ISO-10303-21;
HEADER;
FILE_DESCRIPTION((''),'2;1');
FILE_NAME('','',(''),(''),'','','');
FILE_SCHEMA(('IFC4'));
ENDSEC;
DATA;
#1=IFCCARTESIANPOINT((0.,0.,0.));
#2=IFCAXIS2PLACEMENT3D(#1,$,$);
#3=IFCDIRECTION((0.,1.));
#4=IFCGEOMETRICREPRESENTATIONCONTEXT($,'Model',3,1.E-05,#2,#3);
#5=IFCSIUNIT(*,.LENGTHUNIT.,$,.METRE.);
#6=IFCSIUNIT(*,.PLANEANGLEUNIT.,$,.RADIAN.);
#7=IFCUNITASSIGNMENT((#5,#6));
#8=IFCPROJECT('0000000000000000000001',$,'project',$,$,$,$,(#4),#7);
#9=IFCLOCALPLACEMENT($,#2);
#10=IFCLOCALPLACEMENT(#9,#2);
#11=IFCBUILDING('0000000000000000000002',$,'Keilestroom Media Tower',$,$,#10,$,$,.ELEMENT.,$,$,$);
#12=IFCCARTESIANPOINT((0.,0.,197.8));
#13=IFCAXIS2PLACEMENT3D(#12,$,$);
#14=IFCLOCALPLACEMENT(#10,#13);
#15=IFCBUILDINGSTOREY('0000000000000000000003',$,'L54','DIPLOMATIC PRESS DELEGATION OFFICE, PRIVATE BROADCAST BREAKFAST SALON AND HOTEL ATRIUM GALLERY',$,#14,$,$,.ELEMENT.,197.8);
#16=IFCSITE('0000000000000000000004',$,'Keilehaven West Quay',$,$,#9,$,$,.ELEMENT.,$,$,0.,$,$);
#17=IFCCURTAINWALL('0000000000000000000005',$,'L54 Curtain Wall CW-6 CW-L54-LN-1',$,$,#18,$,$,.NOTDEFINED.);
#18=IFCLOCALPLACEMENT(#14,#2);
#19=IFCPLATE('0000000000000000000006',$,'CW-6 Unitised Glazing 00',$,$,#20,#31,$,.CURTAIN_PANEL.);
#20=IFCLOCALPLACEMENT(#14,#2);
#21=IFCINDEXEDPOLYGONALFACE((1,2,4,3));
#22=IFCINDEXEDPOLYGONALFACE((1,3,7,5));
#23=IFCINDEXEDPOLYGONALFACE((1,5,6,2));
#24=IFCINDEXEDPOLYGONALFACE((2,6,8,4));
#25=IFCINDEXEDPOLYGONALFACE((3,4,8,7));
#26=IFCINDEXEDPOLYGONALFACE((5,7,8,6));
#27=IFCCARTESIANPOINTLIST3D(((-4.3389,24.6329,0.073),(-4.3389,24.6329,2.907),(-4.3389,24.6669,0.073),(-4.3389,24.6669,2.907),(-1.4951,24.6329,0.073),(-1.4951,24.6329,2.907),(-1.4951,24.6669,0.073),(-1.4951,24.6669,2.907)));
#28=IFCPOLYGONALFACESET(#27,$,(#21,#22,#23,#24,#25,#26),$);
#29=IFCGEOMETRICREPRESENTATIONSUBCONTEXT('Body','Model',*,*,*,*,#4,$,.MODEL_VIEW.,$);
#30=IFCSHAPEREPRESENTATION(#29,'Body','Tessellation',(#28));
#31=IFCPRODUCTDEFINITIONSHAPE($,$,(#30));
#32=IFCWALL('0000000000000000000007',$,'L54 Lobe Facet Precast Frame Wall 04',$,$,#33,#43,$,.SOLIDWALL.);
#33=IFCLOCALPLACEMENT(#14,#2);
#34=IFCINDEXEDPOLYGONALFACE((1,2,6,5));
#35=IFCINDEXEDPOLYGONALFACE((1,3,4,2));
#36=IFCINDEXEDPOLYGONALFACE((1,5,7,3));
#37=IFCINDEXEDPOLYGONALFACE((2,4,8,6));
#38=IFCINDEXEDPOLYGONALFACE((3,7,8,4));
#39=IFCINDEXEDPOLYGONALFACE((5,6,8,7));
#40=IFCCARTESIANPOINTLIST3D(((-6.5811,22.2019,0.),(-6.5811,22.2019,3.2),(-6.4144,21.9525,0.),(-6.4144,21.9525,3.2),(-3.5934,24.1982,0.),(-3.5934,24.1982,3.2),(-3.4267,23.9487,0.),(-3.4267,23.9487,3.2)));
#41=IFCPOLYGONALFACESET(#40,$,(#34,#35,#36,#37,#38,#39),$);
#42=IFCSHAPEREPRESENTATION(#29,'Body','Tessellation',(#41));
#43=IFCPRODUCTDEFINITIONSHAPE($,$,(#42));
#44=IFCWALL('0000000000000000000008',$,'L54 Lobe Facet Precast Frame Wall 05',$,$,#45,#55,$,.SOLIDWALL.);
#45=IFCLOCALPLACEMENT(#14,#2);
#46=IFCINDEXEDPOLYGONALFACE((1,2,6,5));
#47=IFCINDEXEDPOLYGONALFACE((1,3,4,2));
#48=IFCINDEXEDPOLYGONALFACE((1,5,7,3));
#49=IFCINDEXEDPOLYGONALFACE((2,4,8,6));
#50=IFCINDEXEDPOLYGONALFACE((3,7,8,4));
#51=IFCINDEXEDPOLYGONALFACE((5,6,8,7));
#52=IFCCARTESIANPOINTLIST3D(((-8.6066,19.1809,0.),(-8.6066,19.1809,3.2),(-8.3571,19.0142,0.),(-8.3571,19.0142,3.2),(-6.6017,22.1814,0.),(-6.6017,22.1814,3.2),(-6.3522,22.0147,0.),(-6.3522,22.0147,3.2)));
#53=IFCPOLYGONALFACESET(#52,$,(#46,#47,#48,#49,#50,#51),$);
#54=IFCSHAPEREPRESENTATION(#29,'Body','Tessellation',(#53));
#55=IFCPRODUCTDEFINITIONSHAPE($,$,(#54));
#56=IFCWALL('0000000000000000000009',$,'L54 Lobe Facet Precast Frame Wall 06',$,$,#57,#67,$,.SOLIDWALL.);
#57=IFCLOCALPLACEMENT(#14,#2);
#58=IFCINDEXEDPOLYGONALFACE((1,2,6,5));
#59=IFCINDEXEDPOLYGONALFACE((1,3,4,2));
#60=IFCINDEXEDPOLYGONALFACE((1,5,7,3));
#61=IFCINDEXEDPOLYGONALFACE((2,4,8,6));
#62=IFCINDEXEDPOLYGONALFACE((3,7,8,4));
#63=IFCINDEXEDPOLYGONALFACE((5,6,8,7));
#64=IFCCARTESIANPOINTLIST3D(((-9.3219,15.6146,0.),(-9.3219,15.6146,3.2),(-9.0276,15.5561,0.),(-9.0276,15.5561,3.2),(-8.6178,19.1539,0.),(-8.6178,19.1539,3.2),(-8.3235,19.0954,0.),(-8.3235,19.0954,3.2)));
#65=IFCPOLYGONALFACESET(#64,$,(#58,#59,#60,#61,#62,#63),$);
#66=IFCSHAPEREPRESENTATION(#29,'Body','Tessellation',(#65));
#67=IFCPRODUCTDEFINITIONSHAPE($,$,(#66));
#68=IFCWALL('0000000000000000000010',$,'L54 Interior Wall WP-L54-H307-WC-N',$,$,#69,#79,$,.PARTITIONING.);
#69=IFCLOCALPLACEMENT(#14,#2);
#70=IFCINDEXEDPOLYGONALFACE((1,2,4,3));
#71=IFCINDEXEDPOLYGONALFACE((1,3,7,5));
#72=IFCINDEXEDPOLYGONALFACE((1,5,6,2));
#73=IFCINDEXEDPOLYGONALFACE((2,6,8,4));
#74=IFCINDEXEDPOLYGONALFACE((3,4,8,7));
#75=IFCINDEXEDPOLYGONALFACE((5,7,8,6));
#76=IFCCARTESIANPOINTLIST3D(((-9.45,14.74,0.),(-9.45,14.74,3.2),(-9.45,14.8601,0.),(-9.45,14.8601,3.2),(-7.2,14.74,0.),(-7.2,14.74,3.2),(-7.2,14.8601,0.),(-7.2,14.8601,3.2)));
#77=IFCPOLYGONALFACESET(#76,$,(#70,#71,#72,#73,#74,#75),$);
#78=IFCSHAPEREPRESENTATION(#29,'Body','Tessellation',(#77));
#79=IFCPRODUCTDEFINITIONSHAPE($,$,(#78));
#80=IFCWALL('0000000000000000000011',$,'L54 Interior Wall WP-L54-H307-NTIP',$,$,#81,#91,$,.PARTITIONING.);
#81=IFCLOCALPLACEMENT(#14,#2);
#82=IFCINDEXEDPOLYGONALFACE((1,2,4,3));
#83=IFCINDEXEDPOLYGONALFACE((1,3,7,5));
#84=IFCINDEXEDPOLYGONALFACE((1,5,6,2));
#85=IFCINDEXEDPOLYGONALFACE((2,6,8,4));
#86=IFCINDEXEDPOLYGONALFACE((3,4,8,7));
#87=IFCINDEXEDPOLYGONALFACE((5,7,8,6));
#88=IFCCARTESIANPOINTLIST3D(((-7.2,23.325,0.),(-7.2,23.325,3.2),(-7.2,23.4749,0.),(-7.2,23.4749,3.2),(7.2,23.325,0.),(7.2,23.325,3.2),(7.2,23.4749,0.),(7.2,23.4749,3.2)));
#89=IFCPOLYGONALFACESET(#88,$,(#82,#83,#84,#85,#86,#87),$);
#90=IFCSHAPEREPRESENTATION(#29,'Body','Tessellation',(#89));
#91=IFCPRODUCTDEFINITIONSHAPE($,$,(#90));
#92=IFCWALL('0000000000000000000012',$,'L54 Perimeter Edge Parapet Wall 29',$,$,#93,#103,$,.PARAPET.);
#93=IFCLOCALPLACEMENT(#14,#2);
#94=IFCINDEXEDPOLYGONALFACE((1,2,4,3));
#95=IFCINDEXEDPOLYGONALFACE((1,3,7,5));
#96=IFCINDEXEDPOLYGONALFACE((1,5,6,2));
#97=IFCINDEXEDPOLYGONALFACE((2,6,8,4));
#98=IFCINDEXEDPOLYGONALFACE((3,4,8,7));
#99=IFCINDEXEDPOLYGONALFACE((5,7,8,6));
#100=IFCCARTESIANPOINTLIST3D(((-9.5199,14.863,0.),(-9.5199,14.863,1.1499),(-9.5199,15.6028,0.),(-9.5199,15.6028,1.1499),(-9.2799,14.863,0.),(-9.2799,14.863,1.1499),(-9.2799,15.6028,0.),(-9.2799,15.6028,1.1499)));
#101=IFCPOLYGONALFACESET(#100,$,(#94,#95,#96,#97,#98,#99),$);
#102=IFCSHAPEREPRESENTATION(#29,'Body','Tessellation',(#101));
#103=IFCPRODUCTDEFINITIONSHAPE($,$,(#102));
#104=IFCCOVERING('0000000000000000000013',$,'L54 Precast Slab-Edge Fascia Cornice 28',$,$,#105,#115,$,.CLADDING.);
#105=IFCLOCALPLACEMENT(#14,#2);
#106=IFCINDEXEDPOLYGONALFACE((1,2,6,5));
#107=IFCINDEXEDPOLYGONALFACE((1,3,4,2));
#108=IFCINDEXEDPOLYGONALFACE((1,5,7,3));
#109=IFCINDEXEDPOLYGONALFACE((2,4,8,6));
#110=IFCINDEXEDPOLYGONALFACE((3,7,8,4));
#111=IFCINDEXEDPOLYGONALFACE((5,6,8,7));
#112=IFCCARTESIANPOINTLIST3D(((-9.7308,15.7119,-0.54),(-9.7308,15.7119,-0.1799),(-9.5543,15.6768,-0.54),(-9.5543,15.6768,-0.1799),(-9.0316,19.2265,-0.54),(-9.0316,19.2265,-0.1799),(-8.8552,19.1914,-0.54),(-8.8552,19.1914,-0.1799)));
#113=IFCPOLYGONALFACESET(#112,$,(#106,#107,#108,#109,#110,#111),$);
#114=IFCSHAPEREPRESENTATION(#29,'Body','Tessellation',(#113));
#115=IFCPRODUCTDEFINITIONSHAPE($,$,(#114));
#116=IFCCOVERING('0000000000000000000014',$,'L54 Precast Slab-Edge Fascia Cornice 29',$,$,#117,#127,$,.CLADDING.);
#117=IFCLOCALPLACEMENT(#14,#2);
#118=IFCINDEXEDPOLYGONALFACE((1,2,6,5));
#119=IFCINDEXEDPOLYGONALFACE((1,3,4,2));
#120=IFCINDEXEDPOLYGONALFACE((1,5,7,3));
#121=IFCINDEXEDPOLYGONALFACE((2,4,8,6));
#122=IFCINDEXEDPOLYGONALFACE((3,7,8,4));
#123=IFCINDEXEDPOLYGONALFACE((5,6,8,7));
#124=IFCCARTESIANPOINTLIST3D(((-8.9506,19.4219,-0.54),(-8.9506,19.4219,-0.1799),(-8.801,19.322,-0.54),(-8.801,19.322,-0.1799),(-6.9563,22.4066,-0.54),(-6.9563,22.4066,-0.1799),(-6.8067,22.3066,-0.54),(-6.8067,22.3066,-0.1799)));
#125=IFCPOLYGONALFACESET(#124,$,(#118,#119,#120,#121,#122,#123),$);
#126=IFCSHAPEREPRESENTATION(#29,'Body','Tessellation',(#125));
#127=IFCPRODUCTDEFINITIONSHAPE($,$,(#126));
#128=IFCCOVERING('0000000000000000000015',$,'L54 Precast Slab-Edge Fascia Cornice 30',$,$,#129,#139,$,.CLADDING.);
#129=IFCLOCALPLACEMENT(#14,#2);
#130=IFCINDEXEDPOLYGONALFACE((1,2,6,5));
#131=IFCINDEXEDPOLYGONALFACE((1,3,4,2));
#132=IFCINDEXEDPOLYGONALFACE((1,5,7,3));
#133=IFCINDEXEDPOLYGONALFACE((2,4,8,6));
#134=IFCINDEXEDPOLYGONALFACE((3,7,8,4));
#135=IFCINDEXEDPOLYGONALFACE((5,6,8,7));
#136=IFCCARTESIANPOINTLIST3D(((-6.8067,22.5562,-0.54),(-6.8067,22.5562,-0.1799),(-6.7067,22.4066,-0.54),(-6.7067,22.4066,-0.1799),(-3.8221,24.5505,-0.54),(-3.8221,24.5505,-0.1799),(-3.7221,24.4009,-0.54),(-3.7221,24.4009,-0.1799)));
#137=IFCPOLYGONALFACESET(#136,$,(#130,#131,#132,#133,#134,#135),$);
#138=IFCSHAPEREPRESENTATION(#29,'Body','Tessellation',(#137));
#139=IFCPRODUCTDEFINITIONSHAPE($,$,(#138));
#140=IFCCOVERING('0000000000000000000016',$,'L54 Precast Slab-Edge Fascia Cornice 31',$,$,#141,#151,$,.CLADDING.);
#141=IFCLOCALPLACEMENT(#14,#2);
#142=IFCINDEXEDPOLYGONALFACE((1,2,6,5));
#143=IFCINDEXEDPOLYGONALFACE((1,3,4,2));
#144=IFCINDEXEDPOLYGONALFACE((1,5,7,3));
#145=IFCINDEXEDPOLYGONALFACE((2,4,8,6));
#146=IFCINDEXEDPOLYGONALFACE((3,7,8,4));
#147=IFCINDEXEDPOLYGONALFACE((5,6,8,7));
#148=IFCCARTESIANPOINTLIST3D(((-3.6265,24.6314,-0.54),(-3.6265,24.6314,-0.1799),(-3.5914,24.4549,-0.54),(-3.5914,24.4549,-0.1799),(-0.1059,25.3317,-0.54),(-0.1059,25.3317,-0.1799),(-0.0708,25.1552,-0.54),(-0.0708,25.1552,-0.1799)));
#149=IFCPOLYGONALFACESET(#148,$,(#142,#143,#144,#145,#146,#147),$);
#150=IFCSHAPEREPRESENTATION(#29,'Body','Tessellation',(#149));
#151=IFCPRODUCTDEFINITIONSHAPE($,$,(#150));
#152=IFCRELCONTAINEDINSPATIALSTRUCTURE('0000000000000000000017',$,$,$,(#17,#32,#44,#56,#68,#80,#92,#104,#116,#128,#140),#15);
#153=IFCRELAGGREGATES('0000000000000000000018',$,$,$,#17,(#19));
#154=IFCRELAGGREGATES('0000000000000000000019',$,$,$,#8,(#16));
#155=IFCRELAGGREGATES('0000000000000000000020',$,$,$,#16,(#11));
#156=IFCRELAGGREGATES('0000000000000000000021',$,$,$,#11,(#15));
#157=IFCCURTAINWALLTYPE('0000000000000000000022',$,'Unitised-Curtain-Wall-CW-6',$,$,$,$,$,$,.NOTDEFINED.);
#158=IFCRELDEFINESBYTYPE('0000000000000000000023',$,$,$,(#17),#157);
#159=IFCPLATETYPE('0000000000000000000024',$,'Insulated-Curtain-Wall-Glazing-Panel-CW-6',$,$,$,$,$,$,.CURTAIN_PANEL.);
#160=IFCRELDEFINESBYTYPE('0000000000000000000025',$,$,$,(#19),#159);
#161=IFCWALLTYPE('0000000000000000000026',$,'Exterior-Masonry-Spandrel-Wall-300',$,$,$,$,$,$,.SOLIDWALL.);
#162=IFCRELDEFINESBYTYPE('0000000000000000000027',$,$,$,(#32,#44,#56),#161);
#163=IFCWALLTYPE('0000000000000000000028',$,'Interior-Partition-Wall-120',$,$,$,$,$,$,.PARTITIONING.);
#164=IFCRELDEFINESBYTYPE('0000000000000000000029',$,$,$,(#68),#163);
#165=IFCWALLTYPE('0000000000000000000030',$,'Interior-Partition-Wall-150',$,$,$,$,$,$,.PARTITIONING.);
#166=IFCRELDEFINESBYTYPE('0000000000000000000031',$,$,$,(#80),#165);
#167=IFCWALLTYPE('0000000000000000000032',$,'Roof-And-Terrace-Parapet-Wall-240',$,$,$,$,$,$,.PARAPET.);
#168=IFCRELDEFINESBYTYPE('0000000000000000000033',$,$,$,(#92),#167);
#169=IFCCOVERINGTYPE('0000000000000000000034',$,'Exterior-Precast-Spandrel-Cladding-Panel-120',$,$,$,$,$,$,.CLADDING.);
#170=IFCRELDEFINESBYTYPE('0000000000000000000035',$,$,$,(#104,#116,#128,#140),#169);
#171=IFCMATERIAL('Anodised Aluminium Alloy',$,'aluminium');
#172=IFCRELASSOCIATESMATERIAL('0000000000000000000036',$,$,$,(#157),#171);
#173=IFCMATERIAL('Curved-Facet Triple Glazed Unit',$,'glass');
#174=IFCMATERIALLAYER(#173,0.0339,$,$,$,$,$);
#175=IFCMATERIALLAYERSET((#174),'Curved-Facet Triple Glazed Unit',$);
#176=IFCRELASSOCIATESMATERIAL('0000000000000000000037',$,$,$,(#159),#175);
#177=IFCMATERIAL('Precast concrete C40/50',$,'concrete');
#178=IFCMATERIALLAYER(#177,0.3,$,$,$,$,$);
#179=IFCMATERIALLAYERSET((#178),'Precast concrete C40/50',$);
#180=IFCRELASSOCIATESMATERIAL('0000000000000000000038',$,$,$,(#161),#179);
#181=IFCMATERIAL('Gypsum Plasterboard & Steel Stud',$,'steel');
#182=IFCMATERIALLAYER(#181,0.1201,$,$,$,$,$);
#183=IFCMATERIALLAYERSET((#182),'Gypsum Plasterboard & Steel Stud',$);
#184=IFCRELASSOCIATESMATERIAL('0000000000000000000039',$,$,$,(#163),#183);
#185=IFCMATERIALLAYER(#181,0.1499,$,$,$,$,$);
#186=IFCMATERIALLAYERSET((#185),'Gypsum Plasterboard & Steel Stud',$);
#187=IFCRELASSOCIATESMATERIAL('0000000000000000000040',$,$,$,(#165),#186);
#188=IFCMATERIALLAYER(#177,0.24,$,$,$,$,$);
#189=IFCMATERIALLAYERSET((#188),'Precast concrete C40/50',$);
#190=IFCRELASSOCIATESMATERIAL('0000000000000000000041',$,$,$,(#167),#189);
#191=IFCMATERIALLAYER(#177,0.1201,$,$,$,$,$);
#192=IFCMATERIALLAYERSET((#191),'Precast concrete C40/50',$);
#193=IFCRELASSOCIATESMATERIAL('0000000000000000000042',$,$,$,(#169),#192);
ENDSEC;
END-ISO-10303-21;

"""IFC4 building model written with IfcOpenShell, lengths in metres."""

from ifc_helpers import new_model, si_unit, direction, frame, frame_2d, origin, origin_2d, place, context, subcontext, project, spatial, rectangle, extrude, source, transform, mapped, material, layer, layer_set, type_object, element, aggregate, save


model = new_model("IFC4")

# Units and contexts
model_context = context("Model", 3, precision=1e-05, world=origin(), true_north=direction((0.0, 1.0)))
body_context = subcontext(model_context, "Body", "Model", "MODEL_VIEW")
ifc_project = project(units=[si_unit("LENGTHUNIT", "METRE"), si_unit("PLANEANGLEUNIT", "RADIAN")], contexts=[model_context])

# Site, building, storey
site_placement = place(None, origin())
site = spatial("IfcSite", under=ifc_project, at=site_placement, Name="Keilehaven West Quay", CompositionType="ELEMENT", RefElevation=0.0)
building_placement = place(site_placement, origin())
building = spatial("IfcBuilding", under=site, at=building_placement, Name="Keilestroom Media Tower", CompositionType="ELEMENT")
storey_placement = place(building_placement, frame((0.0, 0.0, 197.8)))
storey = spatial("IfcBuildingStorey", under=building, at=storey_placement, Name="L54", Description="DIPLOMATIC PRESS DELEGATION OFFICE, PRIVATE BROADCAST BREAKFAST SALON AND HOTEL ATRIUM GALLERY", CompositionType="ELEMENT", Elevation=197.8)

# Curtain wall, plate
ifc_material_1 = material(Name="Anodised Aluminium Alloy", Category="aluminium")
curtain_wall_type = type_object("IfcCurtainWallType", Name="Unitised-Curtain-Wall-CW-6", PredefinedType="NOTDEFINED", material=ifc_material_1)
curtain_wall_placement = place(storey_placement, origin())
curtain_wall = element("IfcCurtainWall", 1, at=curtain_wall_placement, inside=storey, type_object=curtain_wall_type, Name="L54 Curtain Wall CW-6 CW-L54-LN-1", PredefinedType="NOTDEFINED")
ifc_material_2 = material(Name="Curved-Facet Triple Glazed Unit", Category="glass")
ifc_layer_1 = layer(ifc_material_2, 0.0339)
ifc_layer_set_1 = layer_set([ifc_layer_1], Name="Curved-Facet Triple Glazed Unit")
plate_type = type_object("IfcPlateType", Name="Insulated-Curtain-Wall-Glazing-Panel-CW-6", PredefinedType="CURTAIN_PANEL", material=ifc_layer_set_1)
shared_shape_1 = source(origin(), body_context, "Body", "SweptSolid", [
    extrude(rectangle(XDim=2.8438, YDim=0.0339, at=origin_2d()), origin(), (0.0, 0.0, 1.0), 2.834),
])
plate_placement = place(storey_placement, frame((-2.917, 24.6499, 0.073), z_axis=(0.0, 0.0, 1.0), x_axis=(1.0, 0.0, 0.0)))
plate = element("IfcPlate", 2, at=plate_placement, type_object=plate_type, Name="CW-6 Unitised Glazing 00", PredefinedType="CURTAIN_PANEL", context=body_context, shape_type="MappedRepresentation", body=[
    mapped(shared_shape_1, transform((0.0, 0.0, 0.0), x_axis=(1.0, 0.0, 0.0), y_axis=(0.0, 1.0, 0.0), z_axis=(0.0, 0.0, 1.0), scale=1.0)),
])
aggregate(curtain_wall, [plate])

# Walls
ifc_material_3 = material(Name="Precast concrete C40/50", Category="concrete")
ifc_layer_2 = layer(ifc_material_3, 0.3)
ifc_layer_set_2 = layer_set([ifc_layer_2], Name="Precast concrete C40/50")
wall_type_1 = type_object("IfcWallType", Name="Exterior-Masonry-Spandrel-Wall-300", PredefinedType="SOLIDWALL", material=ifc_layer_set_2)
wall_1_placement = place(storey_placement, frame((-3.51, 24.0735, 0.0), z_axis=(0.0, 0.0, 1.0), x_axis=(-0.831475, -0.555562, 0.0)))
element("IfcWall", 3, at=wall_1_placement, inside=storey, type_object=wall_type_1, Name="L54 Lobe Facet Precast Frame Wall 04", PredefinedType="SOLIDWALL", context=body_context, shape_type="SweptSolid", body=[
    extrude(rectangle(XDim=3.5933, YDim=0.3, at=frame_2d((1.7966, 0.0))), origin(), (0.0, 0.0, 1.0), 3.2),
])
for number, where, z_axis, x_axis, name in (
    (4, (-6.4771, 22.0979, 0.0), (0.0, 0.0, 1.0), (-0.555574, -0.831467, 0.0), "L54 Lobe Facet Precast Frame Wall 05"),
    (5, (-8.4707, 19.1245, 0.0), (0.0, 0.0, 1.0), (-0.195114, -0.980781, 0.0), "L54 Lobe Facet Precast Frame Wall 06"),
):
    element("IfcWall", number, at=place(storey_placement, frame(where, z_axis=z_axis, x_axis=x_axis)), inside=storey, type_object=wall_type_1, Name=name, PredefinedType="SOLIDWALL", context=body_context, shape_type="SweptSolid", body=[
        extrude(rectangle(XDim=3.6086, YDim=0.3, at=frame_2d((1.8042, 0.0))), origin(), (0.0, 0.0, 1.0), 3.2),
    ])
ifc_material_4 = material(Name="Gypsum Plasterboard & Steel Stud", Category="steel")
ifc_layer_3 = layer(ifc_material_4, 0.1201)
ifc_layer_set_3 = layer_set([ifc_layer_3], Name="Gypsum Plasterboard & Steel Stud")
wall_type_2 = type_object("IfcWallType", Name="Interior-Partition-Wall-120", PredefinedType="PARTITIONING", material=ifc_layer_set_3)
wall_2_placement = place(storey_placement, frame((-9.45, 14.8, 0.0), z_axis=(0.0, 0.0, 1.0), x_axis=(1.0, 0.0, 0.0)))
element("IfcWall", 6, at=wall_2_placement, inside=storey, type_object=wall_type_2, Name="L54 Interior Wall WP-L54-H307-WC-N", PredefinedType="PARTITIONING", context=body_context, shape_type="SweptSolid", body=[
    extrude(rectangle(XDim=2.25, YDim=0.1201, at=frame_2d((1.125, 0.0))), origin(), (0.0, 0.0, 1.0), 3.2),
])
ifc_layer_4 = layer(ifc_material_4, 0.1499)
ifc_layer_set_4 = layer_set([ifc_layer_4], Name="Gypsum Plasterboard & Steel Stud")
wall_type_3 = type_object("IfcWallType", Name="Interior-Partition-Wall-150", PredefinedType="PARTITIONING", material=ifc_layer_set_4)
wall_3_placement = place(storey_placement, frame((-7.2, 23.3999, 0.0), z_axis=(0.0, 0.0, 1.0), x_axis=(1.0, 0.0, 0.0)))
element("IfcWall", 7, at=wall_3_placement, inside=storey, type_object=wall_type_3, Name="L54 Interior Wall WP-L54-H307-NTIP", PredefinedType="PARTITIONING", context=body_context, shape_type="SweptSolid", body=[
    extrude(rectangle(XDim=14.3999, YDim=0.1499, at=frame_2d((7.2, 0.0))), origin(), (0.0, 0.0, 1.0), 3.2),
])
ifc_layer_5 = layer(ifc_material_3, 0.24)
ifc_layer_set_5 = layer_set([ifc_layer_5], Name="Precast concrete C40/50")
wall_type_4 = type_object("IfcWallType", Name="Roof-And-Terrace-Parapet-Wall-240", PredefinedType="PARAPET", material=ifc_layer_set_5)
wall_4_placement = place(storey_placement, frame((-9.3999, 14.863, 0.0), z_axis=(0.0, 0.0, 1.0), x_axis=(0.0, 1.0, 0.0)))
element("IfcWall", 8, at=wall_4_placement, inside=storey, type_object=wall_type_4, Name="L54 Perimeter Edge Parapet Wall 29", PredefinedType="PARAPET", context=body_context, shape_type="SweptSolid", body=[
    extrude(rectangle(XDim=0.7397, YDim=0.24, at=frame_2d((0.3699, 0.0))), origin(), (0.0, 0.0, 1.0), 1.1499),
])

# Coverings
ifc_layer_6 = layer(ifc_material_3, 0.1201)
ifc_layer_set_6 = layer_set([ifc_layer_6], Name="Precast concrete C40/50")
covering_type = type_object("IfcCoveringType", Name="Exterior-Precast-Spandrel-Cladding-Panel-120", PredefinedType="CLADDING", material=ifc_layer_set_6)
shared_shape_2 = source(origin(), body_context, "Body", "SweptSolid", [
    extrude(rectangle(XDim=3.5835, YDim=0.1799, at=origin_2d()), origin(), (0.0, 0.0, 1.0), 0.3601),
])
covering_placement = place(storey_placement, frame((-9.293, 17.4517, -0.54), z_axis=(0.0, 0.0, 1.0), x_axis=(0.195099, 0.980784, 0.0)))
element("IfcCovering", 9, at=covering_placement, inside=storey, type_object=covering_type, Name="L54 Precast Slab-Edge Fascia Cornice 28", PredefinedType="CLADDING", context=body_context, shape_type="MappedRepresentation", body=[
    mapped(shared_shape_2, transform((0.0, 0.0, 0.0), x_axis=(1.0, 0.0, 0.0), y_axis=(0.0, 1.0, 0.0), z_axis=(0.0, 0.0, 1.0), scale=1.0)),
])
shared_shape_3 = source(origin(), body_context, "Body", "SweptSolid", [
    extrude(rectangle(XDim=3.5896, YDim=0.1799, at=origin_2d()), origin(), (0.0, 0.0, 1.0), 0.3601),
])
for number, where, z_axis, x_axis, name in (
    (10, (-7.8787, 20.8643, -0.54), (0.0, 0.0, 1.0), (0.555575, 0.831467, 0.0), "L54 Precast Slab-Edge Fascia Cornice 29"),
    (11, (-5.2644, 23.4785, -0.54), (0.0, 0.0, 1.0), (0.831467, 0.555575, 0.0), "L54 Precast Slab-Edge Fascia Cornice 30"),
    (12, (-1.8486, 24.8933, -0.54), (0.0, 0.0, 1.0), (0.980784, 0.195099, 0.0), "L54 Precast Slab-Edge Fascia Cornice 31"),
):
    element("IfcCovering", number, at=place(storey_placement, frame(where, z_axis=z_axis, x_axis=x_axis)), inside=storey, type_object=covering_type, Name=name, PredefinedType="CLADDING", context=body_context, shape_type="MappedRepresentation", body=[
        mapped(shared_shape_3, transform((0.0, 0.0, 0.0), x_axis=(1.0, 0.0, 0.0), y_axis=(0.0, 1.0, 0.0), z_axis=(0.0, 0.0, 1.0), scale=1.0)),
    ])

save(model, "model.ifc")
